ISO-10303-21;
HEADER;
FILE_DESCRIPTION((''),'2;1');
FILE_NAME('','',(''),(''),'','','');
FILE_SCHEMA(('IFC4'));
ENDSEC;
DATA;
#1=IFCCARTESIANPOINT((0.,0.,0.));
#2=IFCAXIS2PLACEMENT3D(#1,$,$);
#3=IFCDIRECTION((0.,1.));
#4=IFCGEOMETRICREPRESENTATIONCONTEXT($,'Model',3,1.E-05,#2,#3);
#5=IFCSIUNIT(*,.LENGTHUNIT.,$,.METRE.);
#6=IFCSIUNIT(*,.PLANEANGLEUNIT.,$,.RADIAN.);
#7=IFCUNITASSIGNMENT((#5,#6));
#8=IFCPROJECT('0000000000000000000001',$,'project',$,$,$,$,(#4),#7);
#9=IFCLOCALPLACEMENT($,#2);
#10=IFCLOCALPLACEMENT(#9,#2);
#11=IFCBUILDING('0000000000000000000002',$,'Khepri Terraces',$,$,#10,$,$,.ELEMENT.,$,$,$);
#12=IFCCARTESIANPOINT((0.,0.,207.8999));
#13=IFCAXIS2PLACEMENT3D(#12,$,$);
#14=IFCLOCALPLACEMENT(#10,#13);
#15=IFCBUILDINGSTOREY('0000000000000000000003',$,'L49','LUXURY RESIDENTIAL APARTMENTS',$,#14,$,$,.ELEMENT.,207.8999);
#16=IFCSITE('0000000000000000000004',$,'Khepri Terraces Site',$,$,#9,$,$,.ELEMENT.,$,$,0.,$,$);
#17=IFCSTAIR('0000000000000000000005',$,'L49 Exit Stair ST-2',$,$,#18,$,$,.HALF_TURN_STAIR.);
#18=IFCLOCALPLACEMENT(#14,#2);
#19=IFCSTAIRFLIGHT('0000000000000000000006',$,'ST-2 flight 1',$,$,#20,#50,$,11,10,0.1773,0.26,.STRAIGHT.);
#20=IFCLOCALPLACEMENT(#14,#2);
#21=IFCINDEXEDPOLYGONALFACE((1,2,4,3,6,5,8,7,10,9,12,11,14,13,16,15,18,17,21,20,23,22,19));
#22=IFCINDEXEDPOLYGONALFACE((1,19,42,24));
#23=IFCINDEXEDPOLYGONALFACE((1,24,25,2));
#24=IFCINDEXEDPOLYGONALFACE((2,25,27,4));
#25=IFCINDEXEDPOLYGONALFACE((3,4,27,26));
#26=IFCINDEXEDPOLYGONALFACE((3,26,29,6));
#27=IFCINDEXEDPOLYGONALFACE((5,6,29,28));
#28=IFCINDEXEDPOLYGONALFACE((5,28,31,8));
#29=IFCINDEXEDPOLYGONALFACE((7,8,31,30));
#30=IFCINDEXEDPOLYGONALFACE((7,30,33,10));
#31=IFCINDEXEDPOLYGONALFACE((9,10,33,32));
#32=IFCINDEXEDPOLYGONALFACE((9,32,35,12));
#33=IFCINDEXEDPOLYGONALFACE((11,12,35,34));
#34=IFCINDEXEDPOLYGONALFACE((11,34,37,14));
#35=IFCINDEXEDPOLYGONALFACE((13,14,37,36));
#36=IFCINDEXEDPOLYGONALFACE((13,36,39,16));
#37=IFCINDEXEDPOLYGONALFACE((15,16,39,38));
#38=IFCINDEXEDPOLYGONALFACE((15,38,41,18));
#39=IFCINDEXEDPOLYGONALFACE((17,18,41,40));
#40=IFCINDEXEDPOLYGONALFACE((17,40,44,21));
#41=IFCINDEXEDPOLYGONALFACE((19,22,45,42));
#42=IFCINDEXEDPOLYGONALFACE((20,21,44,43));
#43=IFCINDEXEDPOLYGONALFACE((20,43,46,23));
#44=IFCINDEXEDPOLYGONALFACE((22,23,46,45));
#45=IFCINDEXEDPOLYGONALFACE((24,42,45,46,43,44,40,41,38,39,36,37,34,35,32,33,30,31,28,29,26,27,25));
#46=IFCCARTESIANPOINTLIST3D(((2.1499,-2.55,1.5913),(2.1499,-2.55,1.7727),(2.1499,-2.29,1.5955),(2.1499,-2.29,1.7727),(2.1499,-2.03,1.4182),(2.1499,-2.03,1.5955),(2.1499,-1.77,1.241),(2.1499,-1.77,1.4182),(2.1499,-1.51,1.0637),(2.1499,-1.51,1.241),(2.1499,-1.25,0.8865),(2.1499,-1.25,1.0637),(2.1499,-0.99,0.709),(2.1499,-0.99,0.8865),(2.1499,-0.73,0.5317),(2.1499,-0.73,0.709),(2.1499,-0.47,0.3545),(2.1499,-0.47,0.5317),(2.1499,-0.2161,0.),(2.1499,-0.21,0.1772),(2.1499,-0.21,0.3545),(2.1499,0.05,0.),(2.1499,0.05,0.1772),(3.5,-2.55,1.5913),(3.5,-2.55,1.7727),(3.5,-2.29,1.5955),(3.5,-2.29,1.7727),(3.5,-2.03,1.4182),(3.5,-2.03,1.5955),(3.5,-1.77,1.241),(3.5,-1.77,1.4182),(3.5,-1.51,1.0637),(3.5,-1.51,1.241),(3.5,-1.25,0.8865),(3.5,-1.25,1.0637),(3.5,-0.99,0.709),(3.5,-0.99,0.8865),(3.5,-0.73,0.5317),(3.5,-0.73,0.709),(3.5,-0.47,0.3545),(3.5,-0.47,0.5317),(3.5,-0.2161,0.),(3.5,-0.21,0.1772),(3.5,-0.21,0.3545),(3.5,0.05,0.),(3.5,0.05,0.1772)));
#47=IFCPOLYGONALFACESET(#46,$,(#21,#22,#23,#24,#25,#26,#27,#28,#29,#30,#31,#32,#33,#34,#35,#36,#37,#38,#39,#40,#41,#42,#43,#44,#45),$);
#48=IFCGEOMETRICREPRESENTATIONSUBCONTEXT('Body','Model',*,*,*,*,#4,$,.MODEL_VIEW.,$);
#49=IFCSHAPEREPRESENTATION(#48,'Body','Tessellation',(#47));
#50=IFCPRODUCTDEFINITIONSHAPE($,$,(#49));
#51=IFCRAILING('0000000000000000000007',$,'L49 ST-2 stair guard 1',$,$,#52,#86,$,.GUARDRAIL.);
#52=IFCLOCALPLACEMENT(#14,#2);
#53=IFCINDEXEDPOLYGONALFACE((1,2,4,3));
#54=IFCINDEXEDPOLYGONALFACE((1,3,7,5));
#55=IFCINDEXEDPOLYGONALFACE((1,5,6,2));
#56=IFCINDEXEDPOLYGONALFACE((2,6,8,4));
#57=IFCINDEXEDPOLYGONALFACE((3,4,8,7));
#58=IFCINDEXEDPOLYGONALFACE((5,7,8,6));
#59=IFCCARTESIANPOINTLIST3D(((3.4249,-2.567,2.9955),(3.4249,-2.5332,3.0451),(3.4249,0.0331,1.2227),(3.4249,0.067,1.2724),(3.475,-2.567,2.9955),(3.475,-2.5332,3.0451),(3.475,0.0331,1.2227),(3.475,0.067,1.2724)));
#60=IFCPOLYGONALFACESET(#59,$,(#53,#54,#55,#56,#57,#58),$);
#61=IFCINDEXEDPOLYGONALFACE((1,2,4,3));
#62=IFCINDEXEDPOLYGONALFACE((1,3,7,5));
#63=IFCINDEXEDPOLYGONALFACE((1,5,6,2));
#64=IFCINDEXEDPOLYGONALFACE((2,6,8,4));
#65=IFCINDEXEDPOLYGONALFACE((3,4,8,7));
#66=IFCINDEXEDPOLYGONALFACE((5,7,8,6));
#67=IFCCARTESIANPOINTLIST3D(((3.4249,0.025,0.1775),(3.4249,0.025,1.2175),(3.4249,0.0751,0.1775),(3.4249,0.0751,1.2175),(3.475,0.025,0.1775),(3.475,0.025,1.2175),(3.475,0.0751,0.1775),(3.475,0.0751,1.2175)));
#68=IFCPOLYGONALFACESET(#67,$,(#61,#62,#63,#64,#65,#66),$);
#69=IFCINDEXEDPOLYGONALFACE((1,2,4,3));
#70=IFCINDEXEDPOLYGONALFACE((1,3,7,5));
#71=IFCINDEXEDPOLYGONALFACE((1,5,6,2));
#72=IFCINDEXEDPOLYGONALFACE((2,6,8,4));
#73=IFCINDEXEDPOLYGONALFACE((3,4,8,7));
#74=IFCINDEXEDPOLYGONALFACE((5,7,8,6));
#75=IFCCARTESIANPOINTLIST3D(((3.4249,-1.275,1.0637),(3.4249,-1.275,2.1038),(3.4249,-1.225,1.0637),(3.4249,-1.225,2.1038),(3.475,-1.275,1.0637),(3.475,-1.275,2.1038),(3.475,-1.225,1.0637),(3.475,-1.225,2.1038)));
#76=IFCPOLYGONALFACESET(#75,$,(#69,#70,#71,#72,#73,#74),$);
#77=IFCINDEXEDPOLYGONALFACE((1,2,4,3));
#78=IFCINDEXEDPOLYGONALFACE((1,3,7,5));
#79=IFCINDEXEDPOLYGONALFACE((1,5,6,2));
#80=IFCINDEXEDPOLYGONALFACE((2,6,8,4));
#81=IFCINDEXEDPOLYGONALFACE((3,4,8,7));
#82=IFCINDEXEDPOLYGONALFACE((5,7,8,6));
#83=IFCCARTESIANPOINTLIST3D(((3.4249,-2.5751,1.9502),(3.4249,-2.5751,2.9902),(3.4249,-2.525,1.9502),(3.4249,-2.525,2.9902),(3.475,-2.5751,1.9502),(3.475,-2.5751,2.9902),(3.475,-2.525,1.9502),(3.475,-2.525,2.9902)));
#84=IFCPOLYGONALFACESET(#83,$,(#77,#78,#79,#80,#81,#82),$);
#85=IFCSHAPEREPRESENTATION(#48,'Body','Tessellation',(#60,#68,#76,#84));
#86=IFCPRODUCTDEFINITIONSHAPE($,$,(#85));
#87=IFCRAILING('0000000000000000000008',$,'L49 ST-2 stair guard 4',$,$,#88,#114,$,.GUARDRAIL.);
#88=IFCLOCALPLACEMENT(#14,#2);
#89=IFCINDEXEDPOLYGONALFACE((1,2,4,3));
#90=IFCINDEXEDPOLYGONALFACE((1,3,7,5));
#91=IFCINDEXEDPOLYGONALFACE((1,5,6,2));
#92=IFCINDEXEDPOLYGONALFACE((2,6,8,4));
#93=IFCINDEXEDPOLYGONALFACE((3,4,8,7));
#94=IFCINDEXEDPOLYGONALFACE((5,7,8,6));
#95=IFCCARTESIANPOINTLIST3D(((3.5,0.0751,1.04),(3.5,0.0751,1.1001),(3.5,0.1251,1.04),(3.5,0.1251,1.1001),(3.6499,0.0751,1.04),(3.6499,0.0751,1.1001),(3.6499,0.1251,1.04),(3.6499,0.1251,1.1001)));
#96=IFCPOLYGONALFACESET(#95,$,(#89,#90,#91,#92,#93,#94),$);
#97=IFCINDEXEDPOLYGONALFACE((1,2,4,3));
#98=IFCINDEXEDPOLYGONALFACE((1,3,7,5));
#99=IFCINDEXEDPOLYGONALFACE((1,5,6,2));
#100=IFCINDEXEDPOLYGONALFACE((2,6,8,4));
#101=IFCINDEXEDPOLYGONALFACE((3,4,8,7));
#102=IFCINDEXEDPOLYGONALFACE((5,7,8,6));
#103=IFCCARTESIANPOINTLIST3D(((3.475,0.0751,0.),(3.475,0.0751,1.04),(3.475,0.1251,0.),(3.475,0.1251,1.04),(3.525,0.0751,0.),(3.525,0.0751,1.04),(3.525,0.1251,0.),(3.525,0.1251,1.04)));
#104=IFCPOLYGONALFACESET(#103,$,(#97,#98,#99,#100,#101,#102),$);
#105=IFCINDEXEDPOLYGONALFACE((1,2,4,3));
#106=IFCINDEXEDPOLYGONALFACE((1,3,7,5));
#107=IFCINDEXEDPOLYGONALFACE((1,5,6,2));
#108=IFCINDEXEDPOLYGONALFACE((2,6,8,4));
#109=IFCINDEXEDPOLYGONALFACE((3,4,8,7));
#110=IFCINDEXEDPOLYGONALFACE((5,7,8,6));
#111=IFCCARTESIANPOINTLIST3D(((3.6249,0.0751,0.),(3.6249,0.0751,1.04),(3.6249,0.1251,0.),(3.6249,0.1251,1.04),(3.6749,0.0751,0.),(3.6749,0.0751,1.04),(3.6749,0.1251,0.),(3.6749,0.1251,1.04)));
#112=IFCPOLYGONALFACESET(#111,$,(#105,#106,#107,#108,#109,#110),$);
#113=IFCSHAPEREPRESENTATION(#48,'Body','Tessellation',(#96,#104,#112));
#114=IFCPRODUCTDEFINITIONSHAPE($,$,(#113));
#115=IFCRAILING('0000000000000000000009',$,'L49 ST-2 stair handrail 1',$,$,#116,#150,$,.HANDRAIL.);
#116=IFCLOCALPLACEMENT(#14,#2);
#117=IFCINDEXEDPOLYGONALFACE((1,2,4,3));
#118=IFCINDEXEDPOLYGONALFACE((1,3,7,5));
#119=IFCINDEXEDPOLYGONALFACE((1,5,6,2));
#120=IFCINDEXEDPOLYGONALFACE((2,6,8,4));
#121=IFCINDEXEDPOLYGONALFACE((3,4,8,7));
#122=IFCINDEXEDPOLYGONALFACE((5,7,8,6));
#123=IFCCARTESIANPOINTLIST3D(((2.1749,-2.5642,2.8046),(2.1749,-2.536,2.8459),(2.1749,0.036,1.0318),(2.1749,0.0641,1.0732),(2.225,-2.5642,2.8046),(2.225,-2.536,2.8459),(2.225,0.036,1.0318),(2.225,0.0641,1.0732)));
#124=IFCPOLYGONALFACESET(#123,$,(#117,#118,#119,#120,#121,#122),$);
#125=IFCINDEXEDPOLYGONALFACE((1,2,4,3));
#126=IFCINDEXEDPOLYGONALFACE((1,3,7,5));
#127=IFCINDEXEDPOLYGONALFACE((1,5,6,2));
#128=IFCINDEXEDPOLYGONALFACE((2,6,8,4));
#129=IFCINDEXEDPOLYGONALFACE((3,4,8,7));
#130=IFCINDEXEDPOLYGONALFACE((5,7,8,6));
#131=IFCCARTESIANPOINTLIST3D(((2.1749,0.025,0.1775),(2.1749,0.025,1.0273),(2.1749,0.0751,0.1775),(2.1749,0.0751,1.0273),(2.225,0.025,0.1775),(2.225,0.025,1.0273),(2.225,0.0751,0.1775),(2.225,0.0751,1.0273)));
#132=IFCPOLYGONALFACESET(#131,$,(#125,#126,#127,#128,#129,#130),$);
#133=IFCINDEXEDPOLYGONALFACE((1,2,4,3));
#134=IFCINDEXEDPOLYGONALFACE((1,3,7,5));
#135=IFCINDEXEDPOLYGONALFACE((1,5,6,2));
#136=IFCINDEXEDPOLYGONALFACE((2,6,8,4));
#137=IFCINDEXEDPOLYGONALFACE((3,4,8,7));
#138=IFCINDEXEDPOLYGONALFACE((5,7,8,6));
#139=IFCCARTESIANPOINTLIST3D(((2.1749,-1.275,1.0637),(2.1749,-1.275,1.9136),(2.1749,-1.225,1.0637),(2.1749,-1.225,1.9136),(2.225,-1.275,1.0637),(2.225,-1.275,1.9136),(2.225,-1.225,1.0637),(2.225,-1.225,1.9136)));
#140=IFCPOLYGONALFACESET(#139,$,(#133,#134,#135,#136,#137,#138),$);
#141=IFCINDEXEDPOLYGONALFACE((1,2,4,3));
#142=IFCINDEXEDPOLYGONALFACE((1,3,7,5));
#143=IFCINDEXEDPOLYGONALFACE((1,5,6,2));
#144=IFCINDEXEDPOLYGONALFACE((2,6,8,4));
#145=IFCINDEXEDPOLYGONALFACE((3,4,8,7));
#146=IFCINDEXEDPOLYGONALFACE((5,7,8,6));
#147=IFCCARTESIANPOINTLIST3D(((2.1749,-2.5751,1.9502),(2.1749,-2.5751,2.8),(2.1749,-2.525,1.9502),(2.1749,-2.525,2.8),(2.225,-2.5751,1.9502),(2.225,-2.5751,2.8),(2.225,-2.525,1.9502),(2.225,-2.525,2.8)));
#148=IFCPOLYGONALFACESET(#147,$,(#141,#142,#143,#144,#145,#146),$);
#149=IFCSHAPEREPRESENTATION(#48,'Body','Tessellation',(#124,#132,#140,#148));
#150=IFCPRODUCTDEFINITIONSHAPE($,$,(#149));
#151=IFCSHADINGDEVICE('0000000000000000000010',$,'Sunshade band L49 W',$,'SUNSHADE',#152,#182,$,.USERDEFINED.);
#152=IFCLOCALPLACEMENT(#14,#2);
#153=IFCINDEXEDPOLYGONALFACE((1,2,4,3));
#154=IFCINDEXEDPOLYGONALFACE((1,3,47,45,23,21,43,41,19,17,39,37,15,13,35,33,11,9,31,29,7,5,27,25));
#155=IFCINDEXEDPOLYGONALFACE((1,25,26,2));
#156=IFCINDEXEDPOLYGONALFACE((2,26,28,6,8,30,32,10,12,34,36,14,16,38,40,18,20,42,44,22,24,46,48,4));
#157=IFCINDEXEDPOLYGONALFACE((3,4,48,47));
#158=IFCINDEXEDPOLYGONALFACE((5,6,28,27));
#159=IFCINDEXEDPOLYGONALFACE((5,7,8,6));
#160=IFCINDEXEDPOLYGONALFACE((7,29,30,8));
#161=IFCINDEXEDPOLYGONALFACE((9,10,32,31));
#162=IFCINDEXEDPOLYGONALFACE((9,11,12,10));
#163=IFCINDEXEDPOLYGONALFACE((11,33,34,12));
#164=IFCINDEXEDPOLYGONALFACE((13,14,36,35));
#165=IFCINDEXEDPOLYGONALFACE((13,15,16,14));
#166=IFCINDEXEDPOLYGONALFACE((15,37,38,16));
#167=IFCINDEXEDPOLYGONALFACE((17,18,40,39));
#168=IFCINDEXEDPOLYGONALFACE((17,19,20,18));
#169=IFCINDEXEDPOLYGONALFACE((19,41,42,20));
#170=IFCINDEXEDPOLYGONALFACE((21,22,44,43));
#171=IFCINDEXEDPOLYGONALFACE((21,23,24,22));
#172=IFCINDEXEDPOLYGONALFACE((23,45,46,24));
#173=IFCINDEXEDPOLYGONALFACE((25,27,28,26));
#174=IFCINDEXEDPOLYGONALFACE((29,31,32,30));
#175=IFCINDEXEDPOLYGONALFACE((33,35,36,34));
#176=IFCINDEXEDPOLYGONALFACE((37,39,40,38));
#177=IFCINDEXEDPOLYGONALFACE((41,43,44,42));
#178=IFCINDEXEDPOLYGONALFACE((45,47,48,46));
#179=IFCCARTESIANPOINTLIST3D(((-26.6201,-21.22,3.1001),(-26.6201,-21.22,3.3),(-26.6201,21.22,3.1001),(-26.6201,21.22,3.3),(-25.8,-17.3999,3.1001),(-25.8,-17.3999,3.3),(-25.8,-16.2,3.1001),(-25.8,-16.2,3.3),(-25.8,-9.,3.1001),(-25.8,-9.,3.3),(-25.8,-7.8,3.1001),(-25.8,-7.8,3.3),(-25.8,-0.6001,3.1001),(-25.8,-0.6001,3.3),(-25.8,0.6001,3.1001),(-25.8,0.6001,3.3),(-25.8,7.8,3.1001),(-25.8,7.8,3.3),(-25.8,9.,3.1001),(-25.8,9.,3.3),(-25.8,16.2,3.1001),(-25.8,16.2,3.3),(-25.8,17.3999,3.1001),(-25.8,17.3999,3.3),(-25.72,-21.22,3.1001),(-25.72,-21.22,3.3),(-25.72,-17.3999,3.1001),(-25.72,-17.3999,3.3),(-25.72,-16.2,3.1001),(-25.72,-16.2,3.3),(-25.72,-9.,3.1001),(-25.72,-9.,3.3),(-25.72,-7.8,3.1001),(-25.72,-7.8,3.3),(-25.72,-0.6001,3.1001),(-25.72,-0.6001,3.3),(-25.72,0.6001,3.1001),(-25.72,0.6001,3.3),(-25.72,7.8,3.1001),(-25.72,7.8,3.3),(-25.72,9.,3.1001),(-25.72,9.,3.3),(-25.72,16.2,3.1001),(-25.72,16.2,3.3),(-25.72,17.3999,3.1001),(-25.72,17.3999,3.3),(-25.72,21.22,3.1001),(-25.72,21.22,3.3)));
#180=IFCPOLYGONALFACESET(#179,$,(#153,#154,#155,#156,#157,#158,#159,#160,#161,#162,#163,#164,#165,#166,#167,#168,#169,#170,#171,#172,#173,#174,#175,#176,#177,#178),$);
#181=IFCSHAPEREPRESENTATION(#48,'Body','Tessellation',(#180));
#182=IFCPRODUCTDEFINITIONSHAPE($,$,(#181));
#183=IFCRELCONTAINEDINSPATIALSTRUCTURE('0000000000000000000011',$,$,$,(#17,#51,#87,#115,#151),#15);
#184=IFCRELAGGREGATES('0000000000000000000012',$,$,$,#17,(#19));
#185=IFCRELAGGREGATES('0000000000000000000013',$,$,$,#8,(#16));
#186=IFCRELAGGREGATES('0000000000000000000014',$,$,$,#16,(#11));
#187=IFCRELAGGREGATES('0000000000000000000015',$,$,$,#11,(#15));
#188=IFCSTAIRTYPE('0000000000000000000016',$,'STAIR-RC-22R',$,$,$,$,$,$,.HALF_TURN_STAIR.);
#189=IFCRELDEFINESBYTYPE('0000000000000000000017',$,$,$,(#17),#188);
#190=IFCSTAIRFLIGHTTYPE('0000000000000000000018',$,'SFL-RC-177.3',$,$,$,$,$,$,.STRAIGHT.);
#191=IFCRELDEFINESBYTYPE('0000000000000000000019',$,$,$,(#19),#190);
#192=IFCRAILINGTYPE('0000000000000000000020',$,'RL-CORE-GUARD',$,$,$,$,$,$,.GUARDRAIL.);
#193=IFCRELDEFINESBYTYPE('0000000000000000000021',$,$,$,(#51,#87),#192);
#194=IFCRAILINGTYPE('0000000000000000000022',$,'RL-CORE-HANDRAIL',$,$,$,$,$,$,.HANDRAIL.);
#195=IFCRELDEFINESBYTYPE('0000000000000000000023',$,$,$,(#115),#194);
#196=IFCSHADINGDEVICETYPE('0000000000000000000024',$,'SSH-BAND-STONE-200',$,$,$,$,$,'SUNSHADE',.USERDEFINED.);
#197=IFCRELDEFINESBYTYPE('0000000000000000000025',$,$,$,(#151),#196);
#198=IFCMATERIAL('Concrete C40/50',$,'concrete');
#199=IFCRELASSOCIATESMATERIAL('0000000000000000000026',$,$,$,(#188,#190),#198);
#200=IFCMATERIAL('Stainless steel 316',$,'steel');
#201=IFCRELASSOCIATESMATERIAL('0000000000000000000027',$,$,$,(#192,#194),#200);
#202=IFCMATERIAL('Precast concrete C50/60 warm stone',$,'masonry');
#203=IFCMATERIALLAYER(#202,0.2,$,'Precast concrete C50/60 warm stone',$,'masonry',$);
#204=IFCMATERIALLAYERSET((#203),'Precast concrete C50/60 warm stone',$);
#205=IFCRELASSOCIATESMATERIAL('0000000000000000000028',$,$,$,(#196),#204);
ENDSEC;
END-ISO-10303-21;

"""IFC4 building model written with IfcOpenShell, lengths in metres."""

from ifc_helpers import new_model, si_unit, direction, frame, origin, origin_2d, place, context, subcontext, project, spatial, polyline, rectangle, outline, extrude, material, layer, layer_set, type_object, element, aggregate, save


model = new_model("IFC4")

# Units and contexts
model_context = context("Model", 3, precision=1e-05, world=origin(), true_north=direction((0.0, 1.0)))
body_context = subcontext(model_context, "Body", "Model", "MODEL_VIEW")
ifc_project = project(units=[si_unit("LENGTHUNIT", "METRE"), si_unit("PLANEANGLEUNIT", "RADIAN")], contexts=[model_context])

# Site, building, storey
site_placement = place(None, origin())
site = spatial("IfcSite", under=ifc_project, at=site_placement, Name="Khepri Terraces Site", CompositionType="ELEMENT", RefElevation=0.0)
building_placement = place(site_placement, origin())
building = spatial("IfcBuilding", under=site, at=building_placement, Name="Khepri Terraces", CompositionType="ELEMENT")
storey_placement = place(building_placement, frame((0.0, 0.0, 207.8999)))
storey = spatial("IfcBuildingStorey", under=building, at=storey_placement, Name="L49", Description="LUXURY RESIDENTIAL APARTMENTS", CompositionType="ELEMENT", Elevation=207.8999)

# Stair
ifc_material_1 = material(Name="Concrete C40/50", Category="concrete")
stair_type = type_object("IfcStairType", Name="STAIR-RC-22R", PredefinedType="HALF_TURN_STAIR", material=ifc_material_1)
stair_1_placement = place(storey_placement, origin())
stair_1 = element("IfcStair", 1, at=stair_1_placement, inside=storey, type_object=stair_type, Name="L49 Exit Stair ST-2", PredefinedType="HALF_TURN_STAIR")

# Stair flight
stair_flight_type = type_object("IfcStairFlightType", Name="SFL-RC-177.3", PredefinedType="STRAIGHT", material=ifc_material_1)
stair_flight_placement = place(storey_placement, frame((2.825, 0.05, 0.0), z_axis=(0.0, 0.0, 1.0), x_axis=(0.0, -1.0, 0.0)))
stair_flight = element("IfcStairFlight", 2, at=stair_flight_placement, type_object=stair_flight_type, Name="ST-2 flight 1", NumberOfRisers=11, NumberOfTreads=10, PredefinedType="STRAIGHT", RiserHeight=0.1773, TreadLength=0.26, context=body_context, shape_type="SweptSolid", body=[
    extrude(outline(polyline([(0.0, 0.0), (0.0, 0.1772), (0.26, 0.1772), (0.26, 0.3545), (0.52, 0.3545), (0.52, 0.5317), (0.78, 0.5317), (0.78, 0.709), (1.04, 0.709), (1.04, 0.8865), (1.3, 0.8865), (1.3, 1.0637), (1.5601, 1.0637), (1.5601, 1.241), (1.8201, 1.241), (1.8201, 1.4182), (2.0801, 1.4182), (2.0801, 1.5955), (2.3401, 1.5955), (2.3401, 1.7727), (2.6001, 1.7727), (2.6001, 1.95), (2.6001, 1.5913), (0.2661, 0.0), (0.0, 0.0)])), frame((0.0, 0.675, 0.0), z_axis=(0.0, -1.0, 0.0), x_axis=(1.0, 0.0, 0.0)), (0.0, 0.0, 1.0), 1.3501),
])
aggregate(stair_1, [stair_flight])

# Railings
ifc_material_2 = material(Name="Stainless steel 316", Category="steel")
railing_type_1 = type_object("IfcRailingType", Name="RL-CORE-GUARD", PredefinedType="GUARDRAIL", material=ifc_material_2)
railing_1_placement = place(storey_placement, frame((3.45, 0.05, 0.1775)))
element("IfcRailing", 3, at=railing_1_placement, inside=storey, type_object=railing_type_1, Name="L49 ST-2 stair guard 1", PredefinedType="GUARDRAIL", context=body_context, shape_type="SweptSolid", body=[
    extrude(rectangle(XDim=0.05, YDim=0.0601, at=origin_2d()), frame((0.0, 0.0, 1.0701), z_axis=(0.0, -0.82624, 0.563318), x_axis=(1.0, 0.0, 0.0)), (0.0, 0.0, 1.0), 3.147),
    extrude(rectangle(XDim=0.05, YDim=0.05, at=origin_2d()), origin(), (0.0, 0.0, 1.0), 1.04),
    extrude(rectangle(XDim=0.05, YDim=0.05, at=origin_2d()), frame((0.0, -1.3, 0.8862)), (0.0, 0.0, 1.0), 1.04),
    extrude(rectangle(XDim=0.05, YDim=0.05, at=origin_2d()), frame((0.0, -2.6001, 1.7727)), (0.0, 0.0, 1.0), 1.04),
])
railing_2_placement = place(storey_placement, frame((3.5, 0.1001, 0.0)))
element("IfcRailing", 4, at=railing_2_placement, inside=storey, type_object=railing_type_1, Name="L49 ST-2 stair guard 4", PredefinedType="GUARDRAIL", context=body_context, shape_type="SweptSolid", body=[
    extrude(rectangle(XDim=0.05, YDim=0.0601, at=origin_2d()), frame((0.0, 0.0, 1.0701), z_axis=(1.0, 0.0, 0.0), x_axis=(0.0, 1.0, 0.0)), (0.0, 0.0, 1.0), 0.1499),
    extrude(rectangle(XDim=0.05, YDim=0.05, at=origin_2d()), origin(), (0.0, 0.0, 1.0), 1.04),
    extrude(rectangle(XDim=0.05, YDim=0.05, at=origin_2d()), frame((0.1499, 0.0, 0.0)), (0.0, 0.0, 1.0), 1.04),
])
railing_type_2 = type_object("IfcRailingType", Name="RL-CORE-HANDRAIL", PredefinedType="HANDRAIL", material=ifc_material_2)
railing_3_placement = place(storey_placement, frame((2.2, 0.05, 0.1775)))
element("IfcRailing", 5, at=railing_3_placement, inside=storey, type_object=railing_type_2, Name="L49 ST-2 stair handrail 1", PredefinedType="HANDRAIL", context=body_context, shape_type="SweptSolid", body=[
    extrude(rectangle(XDim=0.05, YDim=0.05, at=origin_2d()), frame((0.0, 0.0, 0.875), z_axis=(0.0, -0.82624, 0.563318), x_axis=(1.0, 0.0, 0.0)), (0.0, 0.0, 1.0), 3.147),
    extrude(rectangle(XDim=0.05, YDim=0.05, at=origin_2d()), origin(), (0.0, 0.0, 1.0), 0.8499),
    extrude(rectangle(XDim=0.05, YDim=0.05, at=origin_2d()), frame((0.0, -1.3, 0.8862)), (0.0, 0.0, 1.0), 0.8499),
    extrude(rectangle(XDim=0.05, YDim=0.05, at=origin_2d()), frame((0.0, -2.6001, 1.7727)), (0.0, 0.0, 1.0), 0.8499),
])

# Shading device
ifc_material_3 = material(Name="Precast concrete C50/60 warm stone", Category="masonry")
ifc_layer_1 = layer(ifc_material_3, 0.2, Name="Precast concrete C50/60 warm stone", Category="masonry")
ifc_layer_set_1 = layer_set([ifc_layer_1], Name="Precast concrete C50/60 warm stone")
shading_device_type_1 = type_object("IfcShadingDeviceType", Name="SSH-BAND-STONE-200", ElementType="SUNSHADE", PredefinedType="USERDEFINED", material=ifc_layer_set_1)
shading_device_1_placement = place(storey_placement, frame((0.0, 0.0, 3.1001)))
element("IfcShadingDevice", 6, at=shading_device_1_placement, inside=storey, type_object=shading_device_type_1, Name="Sunshade band L49 W", ObjectType="SUNSHADE", PredefinedType="USERDEFINED", context=body_context, shape_type="SweptSolid", body=[
    extrude(outline(polyline([(-25.72, 17.3999), (-25.72, 21.22), (-26.6201, 21.22), (-26.6201, -21.22), (-25.72, -21.22), (-25.72, -17.3999), (-25.8, -17.3999), (-25.8, -16.2), (-25.72, -16.2), (-25.72, -9.0), (-25.8, -9.0), (-25.8, -7.8), (-25.72, -7.8), (-25.72, -0.6001), (-25.8, -0.6001), (-25.8, 0.6001), (-25.72, 0.6001), (-25.72, 7.8), (-25.8, 7.8), (-25.8, 9.0), (-25.72, 9.0), (-25.72, 16.2), (-25.8, 16.2), (-25.8, 17.3999), (-25.72, 17.3999)])), origin(), (0.0, 0.0, 1.0), 0.2),
])

save(model, "model.ifc")
